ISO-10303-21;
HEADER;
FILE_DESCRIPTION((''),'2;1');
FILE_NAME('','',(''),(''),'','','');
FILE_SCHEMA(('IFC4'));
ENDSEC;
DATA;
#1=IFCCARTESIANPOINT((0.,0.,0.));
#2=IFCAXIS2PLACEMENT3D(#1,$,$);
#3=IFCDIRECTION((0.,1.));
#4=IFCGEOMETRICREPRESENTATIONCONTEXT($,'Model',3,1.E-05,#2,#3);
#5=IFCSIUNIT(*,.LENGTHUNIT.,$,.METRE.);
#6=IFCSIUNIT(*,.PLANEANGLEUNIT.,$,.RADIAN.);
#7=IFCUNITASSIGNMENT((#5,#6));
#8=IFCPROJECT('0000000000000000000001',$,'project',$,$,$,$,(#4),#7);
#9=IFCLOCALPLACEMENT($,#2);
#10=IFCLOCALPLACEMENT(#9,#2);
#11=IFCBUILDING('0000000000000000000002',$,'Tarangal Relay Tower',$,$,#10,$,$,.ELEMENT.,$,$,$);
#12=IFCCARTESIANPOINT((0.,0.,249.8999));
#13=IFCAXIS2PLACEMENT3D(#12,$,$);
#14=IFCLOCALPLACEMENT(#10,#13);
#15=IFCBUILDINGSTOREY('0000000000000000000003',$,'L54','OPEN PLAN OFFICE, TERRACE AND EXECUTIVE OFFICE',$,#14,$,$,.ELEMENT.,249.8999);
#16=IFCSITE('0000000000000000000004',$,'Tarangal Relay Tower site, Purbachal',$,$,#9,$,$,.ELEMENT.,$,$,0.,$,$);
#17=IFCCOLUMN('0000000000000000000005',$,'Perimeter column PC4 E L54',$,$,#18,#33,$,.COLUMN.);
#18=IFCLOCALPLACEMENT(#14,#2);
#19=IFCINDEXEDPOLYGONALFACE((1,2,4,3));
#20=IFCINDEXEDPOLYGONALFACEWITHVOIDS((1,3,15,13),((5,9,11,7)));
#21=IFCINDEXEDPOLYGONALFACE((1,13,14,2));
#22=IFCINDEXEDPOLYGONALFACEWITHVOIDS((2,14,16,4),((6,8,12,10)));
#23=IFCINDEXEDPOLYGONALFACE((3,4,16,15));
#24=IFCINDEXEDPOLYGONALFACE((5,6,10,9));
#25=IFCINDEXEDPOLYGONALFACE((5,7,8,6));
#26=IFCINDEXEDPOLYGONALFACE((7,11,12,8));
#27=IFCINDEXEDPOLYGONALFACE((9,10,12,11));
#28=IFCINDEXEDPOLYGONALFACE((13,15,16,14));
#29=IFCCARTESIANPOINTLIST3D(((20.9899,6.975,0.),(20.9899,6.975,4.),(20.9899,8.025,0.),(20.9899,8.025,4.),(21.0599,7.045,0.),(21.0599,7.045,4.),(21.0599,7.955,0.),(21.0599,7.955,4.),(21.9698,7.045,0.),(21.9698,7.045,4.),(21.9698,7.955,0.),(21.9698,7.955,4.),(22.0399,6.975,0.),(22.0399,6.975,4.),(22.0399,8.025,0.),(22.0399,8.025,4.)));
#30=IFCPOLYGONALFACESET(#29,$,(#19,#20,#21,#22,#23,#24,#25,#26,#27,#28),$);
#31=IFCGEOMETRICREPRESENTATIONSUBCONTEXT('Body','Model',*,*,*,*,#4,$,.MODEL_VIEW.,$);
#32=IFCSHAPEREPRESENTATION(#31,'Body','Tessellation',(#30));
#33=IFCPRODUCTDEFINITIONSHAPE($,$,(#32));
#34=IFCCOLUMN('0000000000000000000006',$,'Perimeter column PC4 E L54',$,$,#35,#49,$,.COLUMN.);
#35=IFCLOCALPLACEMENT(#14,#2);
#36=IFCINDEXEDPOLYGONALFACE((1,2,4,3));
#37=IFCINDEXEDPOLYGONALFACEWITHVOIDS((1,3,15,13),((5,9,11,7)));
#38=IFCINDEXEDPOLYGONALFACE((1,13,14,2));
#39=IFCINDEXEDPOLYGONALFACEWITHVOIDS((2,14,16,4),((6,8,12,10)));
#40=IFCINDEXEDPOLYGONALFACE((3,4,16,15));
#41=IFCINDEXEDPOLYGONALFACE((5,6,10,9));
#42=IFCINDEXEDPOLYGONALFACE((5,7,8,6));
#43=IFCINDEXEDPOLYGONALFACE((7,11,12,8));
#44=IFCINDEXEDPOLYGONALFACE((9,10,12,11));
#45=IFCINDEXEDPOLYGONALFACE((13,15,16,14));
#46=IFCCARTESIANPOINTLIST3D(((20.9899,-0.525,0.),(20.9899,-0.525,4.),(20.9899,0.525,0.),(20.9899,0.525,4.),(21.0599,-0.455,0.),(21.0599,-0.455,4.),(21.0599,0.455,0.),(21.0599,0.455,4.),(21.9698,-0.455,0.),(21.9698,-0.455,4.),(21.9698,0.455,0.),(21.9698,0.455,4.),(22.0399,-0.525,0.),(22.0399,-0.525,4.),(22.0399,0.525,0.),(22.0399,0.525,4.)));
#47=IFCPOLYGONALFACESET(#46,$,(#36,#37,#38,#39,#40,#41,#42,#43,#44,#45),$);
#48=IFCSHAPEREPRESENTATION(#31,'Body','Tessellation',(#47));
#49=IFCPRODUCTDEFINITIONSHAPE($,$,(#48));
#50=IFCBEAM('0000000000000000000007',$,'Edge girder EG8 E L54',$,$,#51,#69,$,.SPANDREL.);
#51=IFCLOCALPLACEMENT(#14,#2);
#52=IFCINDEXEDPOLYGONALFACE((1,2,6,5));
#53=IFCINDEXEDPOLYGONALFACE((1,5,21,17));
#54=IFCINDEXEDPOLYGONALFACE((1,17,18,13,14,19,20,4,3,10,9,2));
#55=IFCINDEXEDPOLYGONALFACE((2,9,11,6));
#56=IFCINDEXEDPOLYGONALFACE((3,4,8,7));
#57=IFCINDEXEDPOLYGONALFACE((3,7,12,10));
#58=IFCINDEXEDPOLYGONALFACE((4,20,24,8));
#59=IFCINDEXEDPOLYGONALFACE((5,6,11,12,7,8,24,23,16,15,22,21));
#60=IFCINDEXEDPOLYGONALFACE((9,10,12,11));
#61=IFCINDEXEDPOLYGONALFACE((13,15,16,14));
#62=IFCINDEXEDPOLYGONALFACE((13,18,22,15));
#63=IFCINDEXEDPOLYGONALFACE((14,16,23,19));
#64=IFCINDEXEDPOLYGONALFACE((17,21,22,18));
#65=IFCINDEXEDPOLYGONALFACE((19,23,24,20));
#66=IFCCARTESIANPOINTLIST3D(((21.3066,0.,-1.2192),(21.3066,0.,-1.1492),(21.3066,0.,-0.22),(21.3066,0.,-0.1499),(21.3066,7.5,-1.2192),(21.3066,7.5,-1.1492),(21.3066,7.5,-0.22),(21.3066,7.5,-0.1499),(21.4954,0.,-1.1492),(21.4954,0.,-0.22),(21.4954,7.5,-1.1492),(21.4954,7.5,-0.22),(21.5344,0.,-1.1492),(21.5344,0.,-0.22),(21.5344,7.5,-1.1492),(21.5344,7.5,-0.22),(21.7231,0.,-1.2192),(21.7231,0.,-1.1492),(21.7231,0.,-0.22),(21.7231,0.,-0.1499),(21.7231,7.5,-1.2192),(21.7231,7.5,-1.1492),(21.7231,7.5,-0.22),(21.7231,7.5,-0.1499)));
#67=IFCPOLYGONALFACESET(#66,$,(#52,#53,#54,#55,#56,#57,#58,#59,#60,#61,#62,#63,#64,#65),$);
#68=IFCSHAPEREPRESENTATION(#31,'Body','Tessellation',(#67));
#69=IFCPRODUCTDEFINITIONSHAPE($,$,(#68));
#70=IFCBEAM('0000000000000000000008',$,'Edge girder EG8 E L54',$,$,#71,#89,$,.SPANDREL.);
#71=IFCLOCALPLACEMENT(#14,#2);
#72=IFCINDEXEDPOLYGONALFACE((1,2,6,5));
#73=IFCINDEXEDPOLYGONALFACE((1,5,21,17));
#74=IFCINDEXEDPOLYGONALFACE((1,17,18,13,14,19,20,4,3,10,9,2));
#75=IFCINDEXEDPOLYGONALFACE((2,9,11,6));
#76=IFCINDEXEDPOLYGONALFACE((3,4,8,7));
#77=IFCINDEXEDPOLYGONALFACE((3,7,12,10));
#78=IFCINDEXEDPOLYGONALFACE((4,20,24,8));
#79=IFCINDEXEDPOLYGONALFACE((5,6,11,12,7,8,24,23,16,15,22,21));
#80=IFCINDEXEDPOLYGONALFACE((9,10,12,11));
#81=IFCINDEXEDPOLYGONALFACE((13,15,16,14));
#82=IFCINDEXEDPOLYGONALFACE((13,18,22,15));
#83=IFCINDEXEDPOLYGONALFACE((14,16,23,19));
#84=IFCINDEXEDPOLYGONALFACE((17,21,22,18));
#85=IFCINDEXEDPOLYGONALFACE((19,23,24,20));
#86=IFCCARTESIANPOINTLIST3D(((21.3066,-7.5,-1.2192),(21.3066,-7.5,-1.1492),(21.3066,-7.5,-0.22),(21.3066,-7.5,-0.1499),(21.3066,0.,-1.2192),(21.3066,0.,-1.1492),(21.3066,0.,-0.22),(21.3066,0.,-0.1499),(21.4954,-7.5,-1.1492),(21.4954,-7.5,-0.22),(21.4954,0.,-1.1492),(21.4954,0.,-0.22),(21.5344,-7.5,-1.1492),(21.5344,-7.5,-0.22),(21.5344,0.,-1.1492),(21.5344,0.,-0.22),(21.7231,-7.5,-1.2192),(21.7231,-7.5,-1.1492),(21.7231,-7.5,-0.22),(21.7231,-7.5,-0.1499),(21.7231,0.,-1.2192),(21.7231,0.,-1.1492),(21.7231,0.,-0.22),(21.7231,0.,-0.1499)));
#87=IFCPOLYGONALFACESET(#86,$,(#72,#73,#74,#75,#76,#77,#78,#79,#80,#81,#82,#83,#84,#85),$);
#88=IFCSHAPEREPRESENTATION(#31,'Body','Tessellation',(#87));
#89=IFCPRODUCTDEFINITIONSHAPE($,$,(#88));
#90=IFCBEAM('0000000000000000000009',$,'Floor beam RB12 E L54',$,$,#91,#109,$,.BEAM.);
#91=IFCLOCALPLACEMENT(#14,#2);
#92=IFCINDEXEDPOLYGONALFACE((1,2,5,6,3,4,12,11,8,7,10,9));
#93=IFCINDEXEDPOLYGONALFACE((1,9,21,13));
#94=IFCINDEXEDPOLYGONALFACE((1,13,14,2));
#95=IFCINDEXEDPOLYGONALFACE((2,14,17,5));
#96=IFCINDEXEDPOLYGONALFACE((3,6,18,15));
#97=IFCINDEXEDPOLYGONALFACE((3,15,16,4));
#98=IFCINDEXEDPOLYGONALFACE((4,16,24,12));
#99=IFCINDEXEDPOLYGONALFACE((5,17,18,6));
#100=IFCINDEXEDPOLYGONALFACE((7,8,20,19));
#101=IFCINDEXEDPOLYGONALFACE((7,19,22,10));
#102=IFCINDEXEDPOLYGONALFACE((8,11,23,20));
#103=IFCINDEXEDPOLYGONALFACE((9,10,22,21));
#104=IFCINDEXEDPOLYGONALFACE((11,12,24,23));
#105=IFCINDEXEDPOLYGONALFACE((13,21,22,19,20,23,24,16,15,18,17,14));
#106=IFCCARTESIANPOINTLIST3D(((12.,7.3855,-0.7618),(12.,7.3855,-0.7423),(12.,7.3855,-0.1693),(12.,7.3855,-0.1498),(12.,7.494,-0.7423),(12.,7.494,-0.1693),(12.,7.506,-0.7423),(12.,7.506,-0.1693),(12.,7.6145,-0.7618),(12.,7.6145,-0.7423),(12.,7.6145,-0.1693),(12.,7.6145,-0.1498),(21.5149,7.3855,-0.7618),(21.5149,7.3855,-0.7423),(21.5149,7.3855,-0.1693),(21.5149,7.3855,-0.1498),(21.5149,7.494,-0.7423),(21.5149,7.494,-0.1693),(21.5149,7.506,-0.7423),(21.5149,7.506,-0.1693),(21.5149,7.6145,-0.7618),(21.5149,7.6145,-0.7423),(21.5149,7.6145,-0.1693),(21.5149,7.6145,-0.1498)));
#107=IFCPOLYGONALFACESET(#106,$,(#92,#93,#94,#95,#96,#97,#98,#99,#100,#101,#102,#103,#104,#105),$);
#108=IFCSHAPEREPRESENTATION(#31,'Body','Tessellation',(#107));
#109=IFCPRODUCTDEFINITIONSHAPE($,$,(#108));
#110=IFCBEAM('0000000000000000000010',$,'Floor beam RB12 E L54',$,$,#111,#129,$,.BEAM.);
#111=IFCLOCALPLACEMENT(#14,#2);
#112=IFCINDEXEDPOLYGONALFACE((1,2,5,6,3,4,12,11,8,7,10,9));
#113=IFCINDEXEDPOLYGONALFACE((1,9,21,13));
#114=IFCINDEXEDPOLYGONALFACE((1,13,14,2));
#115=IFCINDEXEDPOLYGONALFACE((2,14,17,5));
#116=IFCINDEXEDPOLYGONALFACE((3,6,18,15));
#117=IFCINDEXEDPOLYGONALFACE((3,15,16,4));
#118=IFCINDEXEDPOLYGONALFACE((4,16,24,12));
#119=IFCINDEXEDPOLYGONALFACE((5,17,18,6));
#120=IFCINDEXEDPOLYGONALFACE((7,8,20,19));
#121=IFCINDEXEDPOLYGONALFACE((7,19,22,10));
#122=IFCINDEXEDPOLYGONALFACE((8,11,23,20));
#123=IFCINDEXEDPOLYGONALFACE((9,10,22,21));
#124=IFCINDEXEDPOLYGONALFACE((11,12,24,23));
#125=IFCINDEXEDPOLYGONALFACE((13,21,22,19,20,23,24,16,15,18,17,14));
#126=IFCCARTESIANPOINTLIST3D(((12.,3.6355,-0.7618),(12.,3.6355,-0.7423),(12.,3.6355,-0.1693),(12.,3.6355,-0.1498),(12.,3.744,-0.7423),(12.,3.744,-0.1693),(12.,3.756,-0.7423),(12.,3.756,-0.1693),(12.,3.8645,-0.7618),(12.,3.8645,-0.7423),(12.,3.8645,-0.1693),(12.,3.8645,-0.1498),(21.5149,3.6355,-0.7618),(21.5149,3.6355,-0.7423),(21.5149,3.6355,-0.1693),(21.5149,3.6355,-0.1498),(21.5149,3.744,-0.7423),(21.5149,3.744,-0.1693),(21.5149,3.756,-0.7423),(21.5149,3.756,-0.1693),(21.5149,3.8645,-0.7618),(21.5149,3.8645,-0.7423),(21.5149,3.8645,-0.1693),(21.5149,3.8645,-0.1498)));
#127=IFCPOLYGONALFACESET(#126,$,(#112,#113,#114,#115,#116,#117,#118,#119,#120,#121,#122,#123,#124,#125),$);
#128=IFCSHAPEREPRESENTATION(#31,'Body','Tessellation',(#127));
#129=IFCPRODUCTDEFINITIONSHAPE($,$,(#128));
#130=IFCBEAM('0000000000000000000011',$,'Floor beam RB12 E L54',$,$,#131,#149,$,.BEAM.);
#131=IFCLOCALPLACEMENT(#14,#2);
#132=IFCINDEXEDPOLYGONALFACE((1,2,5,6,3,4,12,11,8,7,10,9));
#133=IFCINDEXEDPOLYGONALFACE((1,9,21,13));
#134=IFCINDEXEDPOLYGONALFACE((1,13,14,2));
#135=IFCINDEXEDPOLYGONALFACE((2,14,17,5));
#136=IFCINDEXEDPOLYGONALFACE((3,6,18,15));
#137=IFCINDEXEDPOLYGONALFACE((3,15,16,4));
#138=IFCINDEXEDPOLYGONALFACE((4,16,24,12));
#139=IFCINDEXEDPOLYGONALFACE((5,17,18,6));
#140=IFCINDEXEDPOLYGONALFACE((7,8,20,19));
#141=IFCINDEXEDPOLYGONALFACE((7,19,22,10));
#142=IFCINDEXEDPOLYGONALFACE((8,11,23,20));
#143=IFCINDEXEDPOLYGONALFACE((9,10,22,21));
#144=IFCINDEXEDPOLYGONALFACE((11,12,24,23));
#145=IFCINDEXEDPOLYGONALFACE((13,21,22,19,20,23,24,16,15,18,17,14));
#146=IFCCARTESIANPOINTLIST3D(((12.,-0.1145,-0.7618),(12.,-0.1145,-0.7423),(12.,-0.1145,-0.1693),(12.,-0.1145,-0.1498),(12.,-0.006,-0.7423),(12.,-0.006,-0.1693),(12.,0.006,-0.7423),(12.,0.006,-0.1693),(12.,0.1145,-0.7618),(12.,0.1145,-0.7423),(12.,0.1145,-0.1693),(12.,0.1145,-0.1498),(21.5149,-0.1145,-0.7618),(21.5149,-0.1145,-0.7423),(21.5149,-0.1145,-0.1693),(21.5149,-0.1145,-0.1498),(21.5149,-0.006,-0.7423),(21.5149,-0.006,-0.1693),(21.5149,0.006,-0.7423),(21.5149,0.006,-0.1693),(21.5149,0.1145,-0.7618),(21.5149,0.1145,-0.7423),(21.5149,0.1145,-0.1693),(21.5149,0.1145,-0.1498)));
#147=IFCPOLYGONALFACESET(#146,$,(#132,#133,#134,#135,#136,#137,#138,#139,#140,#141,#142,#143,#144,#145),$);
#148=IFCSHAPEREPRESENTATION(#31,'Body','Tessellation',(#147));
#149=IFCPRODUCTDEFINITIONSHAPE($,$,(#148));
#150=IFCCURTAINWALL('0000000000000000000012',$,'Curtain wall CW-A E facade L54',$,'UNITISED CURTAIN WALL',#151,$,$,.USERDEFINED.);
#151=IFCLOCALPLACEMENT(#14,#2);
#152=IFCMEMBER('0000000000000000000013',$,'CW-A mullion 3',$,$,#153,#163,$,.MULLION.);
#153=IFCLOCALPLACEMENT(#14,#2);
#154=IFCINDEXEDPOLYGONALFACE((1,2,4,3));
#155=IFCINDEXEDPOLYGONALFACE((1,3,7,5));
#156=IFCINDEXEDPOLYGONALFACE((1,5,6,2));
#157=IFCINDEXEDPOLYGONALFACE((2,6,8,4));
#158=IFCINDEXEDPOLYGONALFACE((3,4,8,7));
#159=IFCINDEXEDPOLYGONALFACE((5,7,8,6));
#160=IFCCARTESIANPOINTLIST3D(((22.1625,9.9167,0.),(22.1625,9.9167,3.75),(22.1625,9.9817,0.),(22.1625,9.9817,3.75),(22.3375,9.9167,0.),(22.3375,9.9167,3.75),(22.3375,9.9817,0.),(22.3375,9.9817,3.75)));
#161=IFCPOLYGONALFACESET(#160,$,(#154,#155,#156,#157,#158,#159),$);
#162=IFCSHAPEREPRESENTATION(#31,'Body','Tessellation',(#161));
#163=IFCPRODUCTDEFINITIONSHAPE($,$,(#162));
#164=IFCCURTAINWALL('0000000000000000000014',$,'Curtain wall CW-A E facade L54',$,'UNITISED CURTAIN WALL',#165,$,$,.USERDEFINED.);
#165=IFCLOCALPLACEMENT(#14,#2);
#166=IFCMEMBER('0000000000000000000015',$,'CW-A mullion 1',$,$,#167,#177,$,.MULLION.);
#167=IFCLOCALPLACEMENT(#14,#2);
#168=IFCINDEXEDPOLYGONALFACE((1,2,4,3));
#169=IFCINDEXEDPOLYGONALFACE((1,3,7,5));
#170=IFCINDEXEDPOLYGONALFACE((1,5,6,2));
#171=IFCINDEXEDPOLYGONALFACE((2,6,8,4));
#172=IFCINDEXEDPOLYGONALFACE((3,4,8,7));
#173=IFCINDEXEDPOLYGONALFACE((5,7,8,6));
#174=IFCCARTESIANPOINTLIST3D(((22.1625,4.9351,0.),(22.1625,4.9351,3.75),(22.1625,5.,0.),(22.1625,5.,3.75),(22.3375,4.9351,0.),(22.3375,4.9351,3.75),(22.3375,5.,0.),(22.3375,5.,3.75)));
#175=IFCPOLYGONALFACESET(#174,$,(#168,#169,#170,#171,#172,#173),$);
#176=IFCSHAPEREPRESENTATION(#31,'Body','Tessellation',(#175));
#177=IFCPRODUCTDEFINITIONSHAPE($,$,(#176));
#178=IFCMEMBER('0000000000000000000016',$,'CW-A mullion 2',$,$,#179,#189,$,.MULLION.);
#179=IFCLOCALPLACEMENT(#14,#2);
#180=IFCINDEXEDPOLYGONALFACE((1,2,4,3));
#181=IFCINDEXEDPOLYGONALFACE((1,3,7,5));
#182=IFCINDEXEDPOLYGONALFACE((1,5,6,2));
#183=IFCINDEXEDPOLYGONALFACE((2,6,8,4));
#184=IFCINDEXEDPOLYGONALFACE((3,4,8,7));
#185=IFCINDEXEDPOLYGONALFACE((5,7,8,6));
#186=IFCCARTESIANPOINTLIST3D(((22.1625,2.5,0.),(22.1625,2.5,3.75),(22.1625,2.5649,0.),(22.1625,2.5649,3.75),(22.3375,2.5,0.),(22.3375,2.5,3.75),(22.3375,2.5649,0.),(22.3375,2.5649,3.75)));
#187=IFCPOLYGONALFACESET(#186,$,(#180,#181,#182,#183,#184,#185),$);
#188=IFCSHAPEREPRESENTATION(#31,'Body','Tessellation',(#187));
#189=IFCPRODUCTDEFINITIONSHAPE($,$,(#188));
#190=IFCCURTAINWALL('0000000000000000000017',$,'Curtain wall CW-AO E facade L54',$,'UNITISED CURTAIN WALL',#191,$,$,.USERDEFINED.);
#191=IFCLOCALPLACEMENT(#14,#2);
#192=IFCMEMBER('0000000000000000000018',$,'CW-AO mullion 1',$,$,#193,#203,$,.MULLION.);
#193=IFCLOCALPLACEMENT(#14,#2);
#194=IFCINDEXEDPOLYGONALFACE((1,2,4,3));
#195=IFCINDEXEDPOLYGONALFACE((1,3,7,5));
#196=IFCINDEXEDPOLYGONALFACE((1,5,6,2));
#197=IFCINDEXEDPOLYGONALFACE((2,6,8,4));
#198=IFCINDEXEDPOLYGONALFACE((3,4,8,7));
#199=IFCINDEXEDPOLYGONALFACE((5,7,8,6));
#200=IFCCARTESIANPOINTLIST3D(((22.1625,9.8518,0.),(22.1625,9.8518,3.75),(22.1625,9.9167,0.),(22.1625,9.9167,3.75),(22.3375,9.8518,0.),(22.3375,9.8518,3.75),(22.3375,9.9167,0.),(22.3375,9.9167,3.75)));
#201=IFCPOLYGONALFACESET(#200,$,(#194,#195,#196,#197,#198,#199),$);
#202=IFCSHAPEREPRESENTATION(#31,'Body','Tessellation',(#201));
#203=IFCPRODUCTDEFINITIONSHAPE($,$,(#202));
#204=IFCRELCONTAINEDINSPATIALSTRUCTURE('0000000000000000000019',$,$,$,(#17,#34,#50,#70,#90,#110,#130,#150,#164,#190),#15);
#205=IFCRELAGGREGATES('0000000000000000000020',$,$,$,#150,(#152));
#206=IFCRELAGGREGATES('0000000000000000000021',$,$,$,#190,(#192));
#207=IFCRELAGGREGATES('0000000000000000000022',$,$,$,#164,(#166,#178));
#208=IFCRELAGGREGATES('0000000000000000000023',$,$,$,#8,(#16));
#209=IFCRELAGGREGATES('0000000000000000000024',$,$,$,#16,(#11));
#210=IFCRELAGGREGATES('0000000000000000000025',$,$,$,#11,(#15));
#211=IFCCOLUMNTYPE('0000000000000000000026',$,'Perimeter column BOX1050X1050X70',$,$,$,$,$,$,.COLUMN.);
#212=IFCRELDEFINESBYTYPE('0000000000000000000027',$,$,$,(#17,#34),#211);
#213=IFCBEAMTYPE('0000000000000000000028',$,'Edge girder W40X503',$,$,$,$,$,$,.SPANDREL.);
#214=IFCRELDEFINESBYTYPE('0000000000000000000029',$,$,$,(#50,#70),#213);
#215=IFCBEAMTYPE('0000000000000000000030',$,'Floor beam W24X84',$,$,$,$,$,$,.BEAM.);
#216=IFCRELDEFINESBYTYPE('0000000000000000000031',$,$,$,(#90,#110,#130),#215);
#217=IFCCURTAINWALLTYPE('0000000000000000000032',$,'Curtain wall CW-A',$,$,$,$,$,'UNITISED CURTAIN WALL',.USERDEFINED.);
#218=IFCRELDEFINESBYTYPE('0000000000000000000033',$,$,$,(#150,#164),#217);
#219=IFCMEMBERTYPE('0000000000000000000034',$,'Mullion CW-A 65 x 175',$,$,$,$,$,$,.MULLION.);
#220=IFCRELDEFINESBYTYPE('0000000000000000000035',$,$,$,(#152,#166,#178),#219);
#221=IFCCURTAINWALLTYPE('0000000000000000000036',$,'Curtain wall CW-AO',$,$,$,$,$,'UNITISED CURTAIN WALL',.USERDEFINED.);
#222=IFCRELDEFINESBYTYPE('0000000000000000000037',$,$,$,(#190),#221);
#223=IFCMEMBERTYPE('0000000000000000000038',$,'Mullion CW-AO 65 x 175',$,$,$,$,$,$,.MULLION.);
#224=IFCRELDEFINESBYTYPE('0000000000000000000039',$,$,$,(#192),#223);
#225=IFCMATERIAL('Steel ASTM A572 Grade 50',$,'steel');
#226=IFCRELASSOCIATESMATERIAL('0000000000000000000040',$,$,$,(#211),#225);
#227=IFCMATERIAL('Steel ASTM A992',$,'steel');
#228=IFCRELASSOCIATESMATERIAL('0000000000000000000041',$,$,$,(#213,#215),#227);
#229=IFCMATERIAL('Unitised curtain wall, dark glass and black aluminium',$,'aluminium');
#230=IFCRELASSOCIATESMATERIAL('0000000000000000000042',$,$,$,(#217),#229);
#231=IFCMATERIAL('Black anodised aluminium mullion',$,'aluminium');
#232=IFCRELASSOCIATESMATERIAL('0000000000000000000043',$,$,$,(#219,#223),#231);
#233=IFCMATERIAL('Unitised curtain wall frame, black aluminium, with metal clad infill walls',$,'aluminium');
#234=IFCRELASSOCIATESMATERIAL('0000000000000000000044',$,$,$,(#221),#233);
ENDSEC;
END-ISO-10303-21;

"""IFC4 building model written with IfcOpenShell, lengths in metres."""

from ifc_helpers import new_model, si_unit, direction, frame, origin, origin_2d, place, context, subcontext, project, spatial, rectangle, hollow_rectangle, i_section, extrude, material, material_profile, profile_set, type_object, element, aggregate, save


model = new_model("IFC4")

# Units and contexts
model_context = context("Model", 3, precision=1e-05, world=origin(), true_north=direction((0.0, 1.0)))
body_context = subcontext(model_context, "Body", "Model", "MODEL_VIEW")
ifc_project = project(units=[si_unit("LENGTHUNIT", "METRE"), si_unit("PLANEANGLEUNIT", "RADIAN")], contexts=[model_context])

# Site, building, storey
site_placement = place(None, origin())
site = spatial("IfcSite", under=ifc_project, at=site_placement, Name="Tarangal Relay Tower site, Purbachal", CompositionType="ELEMENT", RefElevation=0.0)
building_placement = place(site_placement, origin())
building = spatial("IfcBuilding", under=site, at=building_placement, Name="Tarangal Relay Tower", CompositionType="ELEMENT")
storey_placement = place(building_placement, frame((0.0, 0.0, 249.8999)))
storey = spatial("IfcBuildingStorey", under=building, at=storey_placement, Name="L54", Description="OPEN PLAN OFFICE, TERRACE AND EXECUTIVE OFFICE", CompositionType="ELEMENT", Elevation=249.8999)

# Columns
ifc_material_1 = material(Name="Steel ASTM A572 Grade 50", Category="steel")
ifc_material_profile_1 = material_profile(ifc_material_1, hollow_rectangle(XDim=1.05, YDim=1.05, WallThickness=0.0701, at=origin_2d()), Name="BOX1050X1050X70")
ifc_profile_set_1 = profile_set([ifc_material_profile_1], Name="Steel ASTM A572 Grade 50")
column_type = type_object("IfcColumnType", Name="Perimeter column BOX1050X1050X70", PredefinedType="COLUMN", material=ifc_profile_set_1)
for number, where, z_axis, x_axis, name in (
    (1, (21.5149, 7.5, 0.0), (0.0, 0.0, 1.0), (1.0, 0.0, 0.0), "Perimeter column PC4 E L54"),
    (2, (21.5149, 0.0, 0.0), (0.0, 0.0, 1.0), (1.0, 0.0, 0.0), "Perimeter column PC4 E L54"),
):
    element("IfcColumn", number, at=place(storey_placement, frame(where, z_axis=z_axis, x_axis=x_axis)), inside=storey, type_object=column_type, Name=name, PredefinedType="COLUMN", context=body_context, shape_type="SweptSolid", body=[
        extrude(hollow_rectangle(XDim=1.05, YDim=1.05, WallThickness=0.0701, at=origin_2d()), origin(), (0.0, 0.0, 1.0), 4.0),
    ])

# Beams
ifc_material_2 = material(Name="Steel ASTM A992", Category="steel")
ifc_material_profile_2 = material_profile(ifc_material_2, i_section(OverallWidth=0.4165, OverallDepth=1.0693, WebThickness=0.0391, FlangeThickness=0.0701, at=origin_2d()), Name="W40X503")
ifc_profile_set_2 = profile_set([ifc_material_profile_2], Name="Steel ASTM A992")
beam_type_1 = type_object("IfcBeamType", Name="Edge girder W40X503", PredefinedType="SPANDREL", material=ifc_profile_set_2)
for number, where, z_axis, x_axis, name in (
    (3, (21.5149, 7.5, -0.6846), (0.0, -1.0, 0.0), (1.0, 0.0, 0.0), "Edge girder EG8 E L54"),
    (4, (21.5149, 0.0, -0.6846), (0.0, -1.0, 0.0), (1.0, 0.0, 0.0), "Edge girder EG8 E L54"),
):
    element("IfcBeam", number, at=place(storey_placement, frame(where, z_axis=z_axis, x_axis=x_axis)), inside=storey, type_object=beam_type_1, Name=name, PredefinedType="SPANDREL", context=body_context, shape_type="SweptSolid", body=[
        extrude(i_section(OverallWidth=0.4165, OverallDepth=1.0693, WebThickness=0.0391, FlangeThickness=0.0701, at=origin_2d()), origin(), (0.0, 0.0, 1.0), 7.5),
    ])
ifc_material_profile_3 = material_profile(ifc_material_2, i_section(OverallWidth=0.229, OverallDepth=0.6121, WebThickness=0.012, FlangeThickness=0.0195, at=origin_2d()), Name="W24X84")
ifc_profile_set_3 = profile_set([ifc_material_profile_3], Name="Steel ASTM A992")
beam_type_2 = type_object("IfcBeamType", Name="Floor beam W24X84", PredefinedType="BEAM", material=ifc_profile_set_3)
for number, where, z_axis, x_axis, name in (
    (5, (12.0, 7.5, -0.4558), (1.0, 0.0, 0.0), (0.0, 1.0, 0.0), "Floor beam RB12 E L54"),
    (6, (12.0, 3.75, -0.4558), (1.0, 0.0, 0.0), (0.0, 1.0, 0.0), "Floor beam RB12 E L54"),
    (7, (12.0, 0.0, -0.4558), (1.0, 0.0, 0.0), (0.0, 1.0, 0.0), "Floor beam RB12 E L54"),
):
    element("IfcBeam", number, at=place(storey_placement, frame(where, z_axis=z_axis, x_axis=x_axis)), inside=storey, type_object=beam_type_2, Name=name, PredefinedType="BEAM", context=body_context, shape_type="SweptSolid", body=[
        extrude(i_section(OverallWidth=0.229, OverallDepth=0.6121, WebThickness=0.012, FlangeThickness=0.0195, at=origin_2d()), origin(), (0.0, 0.0, 1.0), 9.5149),
    ])

# Curtain wall, member
ifc_material_3 = material(Name="Unitised curtain wall, dark glass and black aluminium", Category="aluminium")
curtain_wall_type_1 = type_object("IfcCurtainWallType", Name="Curtain wall CW-A", ElementType="UNITISED CURTAIN WALL", PredefinedType="USERDEFINED", material=ifc_material_3)
curtain_wall_1_placement = place(storey_placement, origin())
curtain_wall_1 = element("IfcCurtainWall", 8, at=curtain_wall_1_placement, inside=storey, type_object=curtain_wall_type_1, Name="Curtain wall CW-A E facade L54", ObjectType="UNITISED CURTAIN WALL", PredefinedType="USERDEFINED")
ifc_material_4 = material(Name="Black anodised aluminium mullion", Category="aluminium")
ifc_material_profile_4 = material_profile(ifc_material_4, rectangle(XDim=0.175, YDim=0.0649, at=origin_2d()), Name="CW-AM 65X175")
ifc_profile_set_4 = profile_set([ifc_material_profile_4], Name="Black anodised aluminium mullion")
member_type_1 = type_object("IfcMemberType", Name="Mullion CW-A 65 x 175", PredefinedType="MULLION", material=ifc_profile_set_4)
member_1_placement = place(storey_placement, frame((22.25, 9.9492, 0.0), z_axis=(0.0, 0.0, 1.0), x_axis=(1.0, 0.0, 0.0)))
member_1 = element("IfcMember", 9, at=member_1_placement, type_object=member_type_1, Name="CW-A mullion 3", PredefinedType="MULLION", context=body_context, shape_type="SweptSolid", body=[
    extrude(rectangle(XDim=0.175, YDim=0.0649, at=origin_2d()), origin(), (0.0, 0.0, 1.0), 3.75),
])
aggregate(curtain_wall_1, [member_1])

# Curtain walls, members
curtain_wall_2_placement = place(storey_placement, origin())
curtain_wall_2 = element("IfcCurtainWall", 10, at=curtain_wall_2_placement, inside=storey, type_object=curtain_wall_type_1, Name="Curtain wall CW-A E facade L54", ObjectType="UNITISED CURTAIN WALL", PredefinedType="USERDEFINED")
member_2_placement = place(storey_placement, frame((22.25, 4.9675, 0.0), z_axis=(0.0, 0.0, 1.0), x_axis=(1.0, 0.0, 0.0)))
member_2 = element("IfcMember", 11, at=member_2_placement, type_object=member_type_1, Name="CW-A mullion 1", PredefinedType="MULLION", context=body_context, shape_type="SweptSolid", body=[
    extrude(rectangle(XDim=0.175, YDim=0.0649, at=origin_2d()), origin(), (0.0, 0.0, 1.0), 3.75),
])
member_3_placement = place(storey_placement, frame((22.25, 2.5325, 0.0), z_axis=(0.0, 0.0, 1.0), x_axis=(1.0, 0.0, 0.0)))
member_3 = element("IfcMember", 12, at=member_3_placement, type_object=member_type_1, Name="CW-A mullion 2", PredefinedType="MULLION", context=body_context, shape_type="SweptSolid", body=[
    extrude(rectangle(XDim=0.175, YDim=0.0649, at=origin_2d()), origin(), (0.0, 0.0, 1.0), 3.75),
])
ifc_material_5 = material(Name="Unitised curtain wall frame, black aluminium, with metal clad infill walls", Category="aluminium")
curtain_wall_type_2 = type_object("IfcCurtainWallType", Name="Curtain wall CW-AO", ElementType="UNITISED CURTAIN WALL", PredefinedType="USERDEFINED", material=ifc_material_5)
curtain_wall_3_placement = place(storey_placement, origin())
curtain_wall_3 = element("IfcCurtainWall", 13, at=curtain_wall_3_placement, inside=storey, type_object=curtain_wall_type_2, Name="Curtain wall CW-AO E facade L54", ObjectType="UNITISED CURTAIN WALL", PredefinedType="USERDEFINED")
ifc_material_profile_5 = material_profile(ifc_material_4, rectangle(XDim=0.175, YDim=0.0649, at=origin_2d()), Name="CW-AOM 65X175")
ifc_profile_set_5 = profile_set([ifc_material_profile_5], Name="Black anodised aluminium mullion")
member_type_2 = type_object("IfcMemberType", Name="Mullion CW-AO 65 x 175", PredefinedType="MULLION", material=ifc_profile_set_5)
member_4_placement = place(storey_placement, frame((22.25, 9.8843, 0.0), z_axis=(0.0, 0.0, 1.0), x_axis=(1.0, 0.0, 0.0)))
member_4 = element("IfcMember", 14, at=member_4_placement, type_object=member_type_2, Name="CW-AO mullion 1", PredefinedType="MULLION", context=body_context, shape_type="SweptSolid", body=[
    extrude(rectangle(XDim=0.175, YDim=0.0649, at=origin_2d()), origin(), (0.0, 0.0, 1.0), 3.75),
])

aggregate(curtain_wall_3, [member_4])

aggregate(curtain_wall_2, [member_2, member_3])

save(model, "model.ifc")
